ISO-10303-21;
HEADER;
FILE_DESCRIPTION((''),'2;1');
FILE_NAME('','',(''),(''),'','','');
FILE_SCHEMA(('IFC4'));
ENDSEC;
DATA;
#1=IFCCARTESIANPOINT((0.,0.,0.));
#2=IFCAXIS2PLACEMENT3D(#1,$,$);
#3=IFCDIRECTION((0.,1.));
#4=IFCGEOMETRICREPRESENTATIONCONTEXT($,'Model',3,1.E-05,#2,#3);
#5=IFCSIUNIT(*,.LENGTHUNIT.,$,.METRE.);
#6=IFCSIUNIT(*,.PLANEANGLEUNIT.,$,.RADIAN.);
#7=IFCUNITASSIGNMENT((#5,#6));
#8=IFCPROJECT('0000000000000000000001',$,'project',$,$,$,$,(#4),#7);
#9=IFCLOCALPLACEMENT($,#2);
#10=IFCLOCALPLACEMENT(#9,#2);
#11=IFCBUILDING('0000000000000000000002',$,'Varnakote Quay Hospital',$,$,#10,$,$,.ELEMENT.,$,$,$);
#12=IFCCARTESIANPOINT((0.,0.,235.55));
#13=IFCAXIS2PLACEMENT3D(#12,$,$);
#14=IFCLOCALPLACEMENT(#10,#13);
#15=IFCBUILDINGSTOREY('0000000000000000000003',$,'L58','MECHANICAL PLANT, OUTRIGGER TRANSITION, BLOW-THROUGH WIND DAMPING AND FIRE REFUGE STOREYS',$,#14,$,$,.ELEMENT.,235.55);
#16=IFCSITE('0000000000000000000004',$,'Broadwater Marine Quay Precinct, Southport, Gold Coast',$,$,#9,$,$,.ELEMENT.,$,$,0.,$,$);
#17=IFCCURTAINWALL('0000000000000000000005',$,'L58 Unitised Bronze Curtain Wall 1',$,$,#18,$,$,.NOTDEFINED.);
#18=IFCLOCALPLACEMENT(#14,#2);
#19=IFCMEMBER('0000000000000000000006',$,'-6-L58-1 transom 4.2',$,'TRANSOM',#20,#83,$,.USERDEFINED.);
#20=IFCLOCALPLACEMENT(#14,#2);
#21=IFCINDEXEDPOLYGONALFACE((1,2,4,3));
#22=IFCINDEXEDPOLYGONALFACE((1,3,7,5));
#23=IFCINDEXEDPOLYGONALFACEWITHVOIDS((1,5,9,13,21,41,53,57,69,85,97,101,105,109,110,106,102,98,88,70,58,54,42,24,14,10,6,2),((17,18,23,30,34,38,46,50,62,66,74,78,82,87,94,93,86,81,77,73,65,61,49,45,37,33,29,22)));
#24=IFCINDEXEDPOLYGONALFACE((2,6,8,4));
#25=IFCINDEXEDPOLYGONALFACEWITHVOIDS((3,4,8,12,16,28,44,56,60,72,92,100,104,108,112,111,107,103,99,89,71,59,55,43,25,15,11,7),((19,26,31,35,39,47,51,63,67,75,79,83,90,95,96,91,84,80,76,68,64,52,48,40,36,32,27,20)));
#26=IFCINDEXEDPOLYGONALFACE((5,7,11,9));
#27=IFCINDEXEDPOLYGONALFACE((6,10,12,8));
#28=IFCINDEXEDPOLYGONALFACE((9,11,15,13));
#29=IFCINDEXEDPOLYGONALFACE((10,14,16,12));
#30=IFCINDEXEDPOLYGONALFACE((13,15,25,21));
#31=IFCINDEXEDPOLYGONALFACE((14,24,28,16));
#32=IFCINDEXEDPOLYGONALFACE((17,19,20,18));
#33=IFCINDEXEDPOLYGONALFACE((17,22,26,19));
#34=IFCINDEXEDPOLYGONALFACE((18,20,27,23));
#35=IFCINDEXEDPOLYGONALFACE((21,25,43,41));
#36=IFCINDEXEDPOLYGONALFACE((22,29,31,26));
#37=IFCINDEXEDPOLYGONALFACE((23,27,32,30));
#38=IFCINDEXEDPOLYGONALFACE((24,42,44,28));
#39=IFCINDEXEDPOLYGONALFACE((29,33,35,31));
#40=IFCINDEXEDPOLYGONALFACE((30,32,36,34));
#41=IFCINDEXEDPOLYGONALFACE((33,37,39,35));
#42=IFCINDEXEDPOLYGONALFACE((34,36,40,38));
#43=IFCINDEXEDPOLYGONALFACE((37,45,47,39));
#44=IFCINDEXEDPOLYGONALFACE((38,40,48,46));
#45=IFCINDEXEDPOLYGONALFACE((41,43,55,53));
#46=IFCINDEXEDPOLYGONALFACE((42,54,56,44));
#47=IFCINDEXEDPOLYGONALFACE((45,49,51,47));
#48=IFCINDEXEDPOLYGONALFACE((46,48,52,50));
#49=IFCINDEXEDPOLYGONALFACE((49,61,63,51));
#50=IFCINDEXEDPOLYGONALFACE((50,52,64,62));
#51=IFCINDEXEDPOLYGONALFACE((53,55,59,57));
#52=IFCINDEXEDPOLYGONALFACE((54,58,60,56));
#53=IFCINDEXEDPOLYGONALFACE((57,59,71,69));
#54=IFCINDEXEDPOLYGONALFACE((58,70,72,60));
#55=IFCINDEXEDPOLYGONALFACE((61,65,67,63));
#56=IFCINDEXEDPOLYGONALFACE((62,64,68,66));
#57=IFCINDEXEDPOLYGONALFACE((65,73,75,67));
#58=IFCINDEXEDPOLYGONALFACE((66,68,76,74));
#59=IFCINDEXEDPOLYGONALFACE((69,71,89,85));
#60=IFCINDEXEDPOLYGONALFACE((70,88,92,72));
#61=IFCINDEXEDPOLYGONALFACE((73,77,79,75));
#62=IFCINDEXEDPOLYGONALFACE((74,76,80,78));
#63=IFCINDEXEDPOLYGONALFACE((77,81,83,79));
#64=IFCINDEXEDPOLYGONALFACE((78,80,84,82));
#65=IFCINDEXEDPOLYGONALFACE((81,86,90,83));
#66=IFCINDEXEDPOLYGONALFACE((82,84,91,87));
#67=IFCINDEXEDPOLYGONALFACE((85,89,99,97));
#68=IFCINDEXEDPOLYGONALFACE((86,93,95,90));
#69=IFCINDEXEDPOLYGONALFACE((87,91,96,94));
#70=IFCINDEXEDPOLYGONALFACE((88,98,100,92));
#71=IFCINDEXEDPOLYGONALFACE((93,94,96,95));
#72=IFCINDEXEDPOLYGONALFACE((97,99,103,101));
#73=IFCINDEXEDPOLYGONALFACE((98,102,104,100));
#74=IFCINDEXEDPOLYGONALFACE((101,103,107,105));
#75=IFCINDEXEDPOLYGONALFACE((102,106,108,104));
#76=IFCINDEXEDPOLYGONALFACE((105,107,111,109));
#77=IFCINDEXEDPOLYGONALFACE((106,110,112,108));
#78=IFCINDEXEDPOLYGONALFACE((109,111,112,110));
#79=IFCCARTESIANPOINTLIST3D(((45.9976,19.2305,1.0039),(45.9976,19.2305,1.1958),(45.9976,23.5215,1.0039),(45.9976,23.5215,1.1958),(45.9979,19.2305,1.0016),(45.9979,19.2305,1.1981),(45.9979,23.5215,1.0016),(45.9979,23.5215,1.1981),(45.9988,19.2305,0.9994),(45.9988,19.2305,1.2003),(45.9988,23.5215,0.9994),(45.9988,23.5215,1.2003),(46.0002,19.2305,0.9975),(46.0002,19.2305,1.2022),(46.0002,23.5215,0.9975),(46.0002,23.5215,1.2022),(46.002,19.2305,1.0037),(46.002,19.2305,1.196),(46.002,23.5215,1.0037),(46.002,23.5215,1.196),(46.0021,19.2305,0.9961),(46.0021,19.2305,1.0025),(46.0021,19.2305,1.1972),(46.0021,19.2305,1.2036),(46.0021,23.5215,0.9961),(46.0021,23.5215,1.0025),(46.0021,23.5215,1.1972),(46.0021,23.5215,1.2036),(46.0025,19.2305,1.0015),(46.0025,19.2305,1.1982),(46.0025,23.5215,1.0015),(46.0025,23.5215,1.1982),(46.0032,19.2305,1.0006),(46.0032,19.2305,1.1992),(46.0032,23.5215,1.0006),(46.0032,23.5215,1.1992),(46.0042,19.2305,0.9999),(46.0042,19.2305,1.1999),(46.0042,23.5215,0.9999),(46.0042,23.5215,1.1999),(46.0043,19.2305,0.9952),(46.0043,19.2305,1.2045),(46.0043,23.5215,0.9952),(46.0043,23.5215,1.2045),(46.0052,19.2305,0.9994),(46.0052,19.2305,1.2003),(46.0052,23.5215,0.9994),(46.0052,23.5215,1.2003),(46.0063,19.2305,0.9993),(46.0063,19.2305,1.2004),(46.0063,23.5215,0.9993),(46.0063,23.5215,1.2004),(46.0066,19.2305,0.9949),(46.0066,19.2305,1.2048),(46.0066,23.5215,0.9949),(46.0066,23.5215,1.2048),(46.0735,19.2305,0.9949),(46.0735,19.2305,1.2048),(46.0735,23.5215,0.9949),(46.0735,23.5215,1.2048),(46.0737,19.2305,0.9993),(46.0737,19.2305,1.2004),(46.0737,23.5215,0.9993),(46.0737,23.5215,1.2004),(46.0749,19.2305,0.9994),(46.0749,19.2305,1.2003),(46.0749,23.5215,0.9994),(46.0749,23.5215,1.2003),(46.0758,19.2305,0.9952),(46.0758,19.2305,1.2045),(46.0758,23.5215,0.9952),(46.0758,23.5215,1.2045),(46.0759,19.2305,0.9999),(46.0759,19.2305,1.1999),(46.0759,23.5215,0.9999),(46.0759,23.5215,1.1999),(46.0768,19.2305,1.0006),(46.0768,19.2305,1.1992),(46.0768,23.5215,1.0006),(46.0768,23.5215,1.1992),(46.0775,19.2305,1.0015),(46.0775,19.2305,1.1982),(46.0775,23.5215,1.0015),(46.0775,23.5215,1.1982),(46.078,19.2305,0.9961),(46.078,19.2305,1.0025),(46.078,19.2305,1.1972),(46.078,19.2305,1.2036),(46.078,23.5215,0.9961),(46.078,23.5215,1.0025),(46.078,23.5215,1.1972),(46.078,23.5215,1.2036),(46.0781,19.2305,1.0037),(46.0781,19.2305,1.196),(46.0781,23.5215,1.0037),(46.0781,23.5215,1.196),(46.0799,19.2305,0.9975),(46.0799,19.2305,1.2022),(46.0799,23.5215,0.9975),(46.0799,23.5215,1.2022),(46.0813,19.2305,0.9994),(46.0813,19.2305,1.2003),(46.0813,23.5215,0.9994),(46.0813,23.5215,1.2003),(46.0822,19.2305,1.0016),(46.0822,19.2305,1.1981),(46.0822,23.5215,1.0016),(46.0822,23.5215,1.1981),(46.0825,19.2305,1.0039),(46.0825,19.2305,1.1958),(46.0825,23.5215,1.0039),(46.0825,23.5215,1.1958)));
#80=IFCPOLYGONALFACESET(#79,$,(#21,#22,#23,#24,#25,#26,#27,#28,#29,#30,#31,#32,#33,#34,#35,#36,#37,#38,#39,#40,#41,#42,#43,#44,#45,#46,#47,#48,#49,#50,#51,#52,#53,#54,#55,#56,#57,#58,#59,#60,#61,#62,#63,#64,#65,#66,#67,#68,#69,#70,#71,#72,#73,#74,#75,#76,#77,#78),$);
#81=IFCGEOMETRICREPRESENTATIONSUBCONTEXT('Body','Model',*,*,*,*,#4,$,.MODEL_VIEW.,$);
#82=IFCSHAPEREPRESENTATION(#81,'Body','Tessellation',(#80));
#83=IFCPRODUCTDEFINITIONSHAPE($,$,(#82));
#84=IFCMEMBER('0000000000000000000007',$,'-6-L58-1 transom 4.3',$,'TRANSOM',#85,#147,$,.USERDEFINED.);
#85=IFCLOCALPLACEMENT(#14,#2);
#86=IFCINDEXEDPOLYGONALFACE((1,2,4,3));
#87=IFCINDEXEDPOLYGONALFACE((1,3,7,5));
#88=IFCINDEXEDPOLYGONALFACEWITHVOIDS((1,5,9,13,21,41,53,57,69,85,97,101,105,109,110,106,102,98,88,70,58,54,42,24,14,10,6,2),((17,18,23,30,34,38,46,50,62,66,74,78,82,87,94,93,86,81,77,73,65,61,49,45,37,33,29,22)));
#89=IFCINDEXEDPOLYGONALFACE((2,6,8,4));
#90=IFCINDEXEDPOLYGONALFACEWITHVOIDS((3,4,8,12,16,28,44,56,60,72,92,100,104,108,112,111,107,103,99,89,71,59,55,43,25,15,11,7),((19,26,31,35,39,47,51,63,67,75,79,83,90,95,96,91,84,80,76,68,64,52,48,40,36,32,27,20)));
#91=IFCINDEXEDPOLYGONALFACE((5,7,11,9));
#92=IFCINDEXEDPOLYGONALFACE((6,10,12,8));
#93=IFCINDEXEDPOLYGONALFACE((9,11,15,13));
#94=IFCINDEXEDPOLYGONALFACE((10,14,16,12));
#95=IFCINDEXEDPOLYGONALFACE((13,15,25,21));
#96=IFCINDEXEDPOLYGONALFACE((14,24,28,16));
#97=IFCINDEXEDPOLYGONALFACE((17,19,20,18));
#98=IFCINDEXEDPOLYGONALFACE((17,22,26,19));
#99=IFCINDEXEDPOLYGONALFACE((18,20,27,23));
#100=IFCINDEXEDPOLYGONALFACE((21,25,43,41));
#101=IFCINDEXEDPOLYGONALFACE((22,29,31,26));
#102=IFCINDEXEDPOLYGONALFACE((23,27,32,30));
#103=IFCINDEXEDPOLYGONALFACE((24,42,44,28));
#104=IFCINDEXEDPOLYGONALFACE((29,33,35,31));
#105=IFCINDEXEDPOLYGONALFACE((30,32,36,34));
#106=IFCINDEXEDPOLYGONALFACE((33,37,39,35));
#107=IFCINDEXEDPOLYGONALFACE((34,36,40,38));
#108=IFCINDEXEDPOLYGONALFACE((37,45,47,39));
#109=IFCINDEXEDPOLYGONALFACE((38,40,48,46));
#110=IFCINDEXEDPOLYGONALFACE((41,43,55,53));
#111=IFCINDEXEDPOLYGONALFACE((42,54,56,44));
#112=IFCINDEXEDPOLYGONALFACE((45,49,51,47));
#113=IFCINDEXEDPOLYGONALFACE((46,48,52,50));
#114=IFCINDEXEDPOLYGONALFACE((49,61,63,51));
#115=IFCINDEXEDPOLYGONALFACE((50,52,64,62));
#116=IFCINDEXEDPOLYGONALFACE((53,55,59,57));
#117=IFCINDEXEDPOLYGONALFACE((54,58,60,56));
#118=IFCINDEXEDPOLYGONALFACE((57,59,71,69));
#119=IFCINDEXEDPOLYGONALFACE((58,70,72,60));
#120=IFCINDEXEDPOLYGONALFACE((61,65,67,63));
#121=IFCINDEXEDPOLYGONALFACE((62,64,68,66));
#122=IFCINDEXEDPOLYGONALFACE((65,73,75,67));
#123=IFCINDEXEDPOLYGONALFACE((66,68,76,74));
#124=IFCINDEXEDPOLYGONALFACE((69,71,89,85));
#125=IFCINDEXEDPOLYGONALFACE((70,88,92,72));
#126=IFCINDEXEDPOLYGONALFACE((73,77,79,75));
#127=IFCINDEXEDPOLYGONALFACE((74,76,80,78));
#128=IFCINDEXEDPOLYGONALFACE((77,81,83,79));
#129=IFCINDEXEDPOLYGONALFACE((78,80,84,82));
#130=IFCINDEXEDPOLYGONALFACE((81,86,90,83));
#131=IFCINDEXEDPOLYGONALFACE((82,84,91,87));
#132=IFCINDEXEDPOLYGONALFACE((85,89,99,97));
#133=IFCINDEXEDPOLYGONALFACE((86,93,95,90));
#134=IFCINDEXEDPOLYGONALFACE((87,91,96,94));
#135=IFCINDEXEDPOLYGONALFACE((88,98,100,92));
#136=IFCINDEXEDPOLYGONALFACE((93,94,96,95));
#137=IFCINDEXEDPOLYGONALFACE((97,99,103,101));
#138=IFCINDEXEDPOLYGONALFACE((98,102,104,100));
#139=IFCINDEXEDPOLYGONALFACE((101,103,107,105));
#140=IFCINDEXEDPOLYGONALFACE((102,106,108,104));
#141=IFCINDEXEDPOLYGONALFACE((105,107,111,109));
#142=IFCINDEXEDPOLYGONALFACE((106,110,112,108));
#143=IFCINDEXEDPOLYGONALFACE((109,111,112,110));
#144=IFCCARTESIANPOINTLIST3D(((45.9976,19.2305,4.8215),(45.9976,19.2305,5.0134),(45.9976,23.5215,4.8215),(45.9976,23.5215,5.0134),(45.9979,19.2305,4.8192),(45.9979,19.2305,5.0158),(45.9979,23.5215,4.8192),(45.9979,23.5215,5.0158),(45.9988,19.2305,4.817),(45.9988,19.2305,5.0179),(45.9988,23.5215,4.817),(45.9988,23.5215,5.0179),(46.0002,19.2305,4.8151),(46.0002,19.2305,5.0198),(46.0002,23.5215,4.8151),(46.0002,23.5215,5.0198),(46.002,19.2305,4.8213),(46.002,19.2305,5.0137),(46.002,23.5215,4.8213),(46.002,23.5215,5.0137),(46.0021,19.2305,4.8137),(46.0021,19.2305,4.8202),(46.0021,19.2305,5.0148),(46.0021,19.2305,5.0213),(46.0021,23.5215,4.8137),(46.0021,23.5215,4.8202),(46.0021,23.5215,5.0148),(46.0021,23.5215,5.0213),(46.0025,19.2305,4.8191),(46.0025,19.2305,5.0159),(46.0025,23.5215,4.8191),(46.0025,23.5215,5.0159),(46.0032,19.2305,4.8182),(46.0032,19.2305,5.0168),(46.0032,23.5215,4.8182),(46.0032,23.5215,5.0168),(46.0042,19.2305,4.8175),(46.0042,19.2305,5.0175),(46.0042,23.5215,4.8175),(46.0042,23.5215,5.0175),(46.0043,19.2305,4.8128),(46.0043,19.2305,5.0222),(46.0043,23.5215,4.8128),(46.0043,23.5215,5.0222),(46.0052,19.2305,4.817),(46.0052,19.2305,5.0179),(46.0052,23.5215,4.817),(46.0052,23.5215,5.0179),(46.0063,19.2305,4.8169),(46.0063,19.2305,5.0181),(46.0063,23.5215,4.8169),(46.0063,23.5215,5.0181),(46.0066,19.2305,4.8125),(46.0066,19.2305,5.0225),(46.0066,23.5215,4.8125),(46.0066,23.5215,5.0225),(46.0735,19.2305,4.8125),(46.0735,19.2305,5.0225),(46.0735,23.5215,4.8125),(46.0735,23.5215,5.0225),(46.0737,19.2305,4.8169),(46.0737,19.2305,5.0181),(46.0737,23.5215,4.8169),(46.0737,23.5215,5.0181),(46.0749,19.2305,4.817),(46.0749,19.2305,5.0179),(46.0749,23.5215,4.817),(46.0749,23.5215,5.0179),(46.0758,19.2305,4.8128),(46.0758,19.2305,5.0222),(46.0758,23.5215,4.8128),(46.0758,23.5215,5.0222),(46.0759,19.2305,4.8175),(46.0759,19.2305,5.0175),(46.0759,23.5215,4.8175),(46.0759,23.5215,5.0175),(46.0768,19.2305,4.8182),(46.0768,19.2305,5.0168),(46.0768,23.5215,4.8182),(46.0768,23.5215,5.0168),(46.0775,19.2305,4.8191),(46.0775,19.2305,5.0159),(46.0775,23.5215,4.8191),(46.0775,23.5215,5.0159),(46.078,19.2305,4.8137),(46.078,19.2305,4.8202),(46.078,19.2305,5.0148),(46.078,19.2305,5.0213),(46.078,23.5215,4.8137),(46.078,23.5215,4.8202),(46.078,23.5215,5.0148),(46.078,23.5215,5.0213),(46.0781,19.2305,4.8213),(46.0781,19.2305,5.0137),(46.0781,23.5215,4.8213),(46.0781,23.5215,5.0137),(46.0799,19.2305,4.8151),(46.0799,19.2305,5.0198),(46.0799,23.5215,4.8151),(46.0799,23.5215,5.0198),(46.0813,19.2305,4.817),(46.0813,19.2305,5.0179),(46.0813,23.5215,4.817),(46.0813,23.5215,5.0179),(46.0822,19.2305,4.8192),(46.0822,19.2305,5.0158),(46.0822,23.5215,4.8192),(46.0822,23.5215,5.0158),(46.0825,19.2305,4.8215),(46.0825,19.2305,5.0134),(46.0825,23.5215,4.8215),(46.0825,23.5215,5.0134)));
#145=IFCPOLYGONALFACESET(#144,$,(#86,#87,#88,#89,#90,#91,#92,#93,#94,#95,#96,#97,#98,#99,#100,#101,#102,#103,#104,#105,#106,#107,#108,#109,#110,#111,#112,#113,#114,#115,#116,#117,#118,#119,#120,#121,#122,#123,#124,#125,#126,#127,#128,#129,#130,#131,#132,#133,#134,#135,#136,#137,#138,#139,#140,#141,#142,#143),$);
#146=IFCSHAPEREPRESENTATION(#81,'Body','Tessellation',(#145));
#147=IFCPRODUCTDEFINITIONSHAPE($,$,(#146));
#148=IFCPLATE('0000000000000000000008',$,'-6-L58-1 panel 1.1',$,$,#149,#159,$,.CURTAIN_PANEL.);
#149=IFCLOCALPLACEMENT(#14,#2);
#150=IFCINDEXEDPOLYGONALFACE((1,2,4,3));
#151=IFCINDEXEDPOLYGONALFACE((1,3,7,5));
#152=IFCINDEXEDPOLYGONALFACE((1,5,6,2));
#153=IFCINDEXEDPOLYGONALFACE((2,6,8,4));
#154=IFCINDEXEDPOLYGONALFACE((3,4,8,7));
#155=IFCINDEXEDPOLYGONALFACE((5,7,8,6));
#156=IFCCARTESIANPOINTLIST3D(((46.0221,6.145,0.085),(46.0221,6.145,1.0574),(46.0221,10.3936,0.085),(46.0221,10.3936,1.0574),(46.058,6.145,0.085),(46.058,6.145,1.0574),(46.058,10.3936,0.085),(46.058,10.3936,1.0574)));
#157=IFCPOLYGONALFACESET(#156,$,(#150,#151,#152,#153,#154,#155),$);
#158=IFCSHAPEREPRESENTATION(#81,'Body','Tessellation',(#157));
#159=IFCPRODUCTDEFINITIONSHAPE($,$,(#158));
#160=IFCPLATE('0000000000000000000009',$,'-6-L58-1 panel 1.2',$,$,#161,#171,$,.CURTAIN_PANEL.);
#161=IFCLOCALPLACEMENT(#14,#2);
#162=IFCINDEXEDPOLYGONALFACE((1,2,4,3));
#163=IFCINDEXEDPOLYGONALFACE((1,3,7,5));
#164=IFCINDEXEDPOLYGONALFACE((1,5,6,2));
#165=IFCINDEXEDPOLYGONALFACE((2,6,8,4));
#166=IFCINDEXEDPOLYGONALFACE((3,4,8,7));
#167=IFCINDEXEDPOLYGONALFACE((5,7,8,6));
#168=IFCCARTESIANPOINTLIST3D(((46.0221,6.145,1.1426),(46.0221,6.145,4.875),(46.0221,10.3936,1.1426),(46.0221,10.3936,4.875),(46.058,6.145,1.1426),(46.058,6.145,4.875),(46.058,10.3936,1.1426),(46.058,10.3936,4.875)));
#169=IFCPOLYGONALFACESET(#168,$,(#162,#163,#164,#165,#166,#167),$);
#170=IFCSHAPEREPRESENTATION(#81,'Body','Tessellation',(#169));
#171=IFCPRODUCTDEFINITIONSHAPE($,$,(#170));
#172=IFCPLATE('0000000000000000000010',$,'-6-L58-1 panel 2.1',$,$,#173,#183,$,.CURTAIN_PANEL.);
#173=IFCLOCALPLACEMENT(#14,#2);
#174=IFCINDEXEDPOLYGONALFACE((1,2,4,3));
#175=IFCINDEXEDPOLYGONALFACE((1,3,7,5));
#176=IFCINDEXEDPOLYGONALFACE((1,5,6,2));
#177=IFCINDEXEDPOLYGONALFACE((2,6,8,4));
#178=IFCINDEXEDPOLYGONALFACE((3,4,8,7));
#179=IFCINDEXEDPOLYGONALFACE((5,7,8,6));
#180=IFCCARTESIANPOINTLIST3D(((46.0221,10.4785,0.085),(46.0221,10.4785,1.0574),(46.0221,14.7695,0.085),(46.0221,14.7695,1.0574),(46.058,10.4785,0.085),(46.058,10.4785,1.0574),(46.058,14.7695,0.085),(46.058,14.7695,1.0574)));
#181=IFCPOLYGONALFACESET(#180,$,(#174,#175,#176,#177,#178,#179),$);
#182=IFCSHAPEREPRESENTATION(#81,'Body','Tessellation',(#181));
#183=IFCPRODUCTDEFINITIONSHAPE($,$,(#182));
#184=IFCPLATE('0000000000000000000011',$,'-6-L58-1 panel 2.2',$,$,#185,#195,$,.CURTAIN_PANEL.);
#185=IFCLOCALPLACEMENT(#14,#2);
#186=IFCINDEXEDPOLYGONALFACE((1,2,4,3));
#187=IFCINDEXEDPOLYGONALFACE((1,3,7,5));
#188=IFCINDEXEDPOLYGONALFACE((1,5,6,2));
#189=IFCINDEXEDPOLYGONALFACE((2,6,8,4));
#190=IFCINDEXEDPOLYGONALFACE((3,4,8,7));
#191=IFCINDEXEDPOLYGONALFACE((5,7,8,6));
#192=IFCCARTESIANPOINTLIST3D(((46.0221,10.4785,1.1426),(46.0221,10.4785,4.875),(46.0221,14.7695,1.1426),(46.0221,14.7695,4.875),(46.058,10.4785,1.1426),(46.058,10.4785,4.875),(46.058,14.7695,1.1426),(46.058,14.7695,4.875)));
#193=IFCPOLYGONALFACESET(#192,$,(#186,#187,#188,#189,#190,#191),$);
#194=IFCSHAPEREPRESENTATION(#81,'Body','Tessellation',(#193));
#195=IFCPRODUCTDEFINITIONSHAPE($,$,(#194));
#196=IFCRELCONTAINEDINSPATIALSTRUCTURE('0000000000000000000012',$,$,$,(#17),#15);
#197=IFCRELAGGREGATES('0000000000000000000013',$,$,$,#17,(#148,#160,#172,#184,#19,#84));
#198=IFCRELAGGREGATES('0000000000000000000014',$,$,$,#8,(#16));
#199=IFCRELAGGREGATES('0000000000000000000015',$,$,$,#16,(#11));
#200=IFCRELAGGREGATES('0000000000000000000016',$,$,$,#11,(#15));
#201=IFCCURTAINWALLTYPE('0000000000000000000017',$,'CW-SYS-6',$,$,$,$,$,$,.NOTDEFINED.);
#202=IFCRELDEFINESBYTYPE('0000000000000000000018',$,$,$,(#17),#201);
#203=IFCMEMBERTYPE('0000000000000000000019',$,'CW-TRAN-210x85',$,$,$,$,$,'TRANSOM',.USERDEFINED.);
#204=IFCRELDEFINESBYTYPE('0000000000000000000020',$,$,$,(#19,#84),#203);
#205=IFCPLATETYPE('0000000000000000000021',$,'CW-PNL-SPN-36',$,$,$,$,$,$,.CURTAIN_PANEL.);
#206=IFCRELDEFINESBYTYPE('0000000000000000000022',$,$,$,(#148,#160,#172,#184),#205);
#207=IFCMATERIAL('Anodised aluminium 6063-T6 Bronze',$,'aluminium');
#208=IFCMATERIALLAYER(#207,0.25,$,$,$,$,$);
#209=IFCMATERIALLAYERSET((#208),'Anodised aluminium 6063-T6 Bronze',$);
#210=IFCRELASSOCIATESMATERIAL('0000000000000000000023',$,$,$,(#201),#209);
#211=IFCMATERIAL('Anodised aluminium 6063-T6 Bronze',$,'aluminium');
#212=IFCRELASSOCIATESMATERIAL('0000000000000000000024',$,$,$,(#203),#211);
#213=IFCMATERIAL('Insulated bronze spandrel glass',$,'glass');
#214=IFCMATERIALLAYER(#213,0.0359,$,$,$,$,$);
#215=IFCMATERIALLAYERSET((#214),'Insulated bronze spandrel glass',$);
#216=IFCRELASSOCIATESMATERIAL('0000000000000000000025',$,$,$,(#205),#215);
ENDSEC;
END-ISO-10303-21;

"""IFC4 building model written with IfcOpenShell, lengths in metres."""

from ifc_helpers import new_model, si_unit, direction, frame, origin, origin_2d, place, context, subcontext, project, spatial, rectangle, hollow_rectangle, extrude, material, layer, layer_set, material_profile, profile_set, type_object, element, aggregate, save


model = new_model("IFC4")

# Units and contexts
model_context = context("Model", 3, precision=1e-05, world=origin(), true_north=direction((0.0, 1.0)))
body_context = subcontext(model_context, "Body", "Model", "MODEL_VIEW")
ifc_project = project(units=[si_unit("LENGTHUNIT", "METRE"), si_unit("PLANEANGLEUNIT", "RADIAN")], contexts=[model_context])

# Site, building, storey
site_placement = place(None, origin())
site = spatial("IfcSite", under=ifc_project, at=site_placement, Name="Broadwater Marine Quay Precinct, Southport, Gold Coast", CompositionType="ELEMENT", RefElevation=0.0)
building_placement = place(site_placement, origin())
building = spatial("IfcBuilding", under=site, at=building_placement, Name="Varnakote Quay Hospital", CompositionType="ELEMENT")
storey_placement = place(building_placement, frame((0.0, 0.0, 235.55)))
storey = spatial("IfcBuildingStorey", under=building, at=storey_placement, Name="L58", Description="MECHANICAL PLANT, OUTRIGGER TRANSITION, BLOW-THROUGH WIND DAMPING AND FIRE REFUGE STOREYS", CompositionType="ELEMENT", Elevation=235.55)

# Curtain wall, members, plates
ifc_material_1 = material(Name="Anodised aluminium 6063-T6 Bronze", Category="aluminium")
ifc_layer_1 = layer(ifc_material_1, 0.25)
ifc_layer_set_1 = layer_set([ifc_layer_1], Name="Anodised aluminium 6063-T6 Bronze")
curtain_wall_type = type_object("IfcCurtainWallType", Name="CW-SYS-6", PredefinedType="NOTDEFINED", material=ifc_layer_set_1)
curtain_wall_placement = place(storey_placement, origin())
curtain_wall = element("IfcCurtainWall", 1, at=curtain_wall_placement, inside=storey, type_object=curtain_wall_type, Name="L58 Unitised Bronze Curtain Wall 1", PredefinedType="NOTDEFINED")
ifc_material_2 = material(Name="Anodised aluminium 6063-T6 Bronze", Category="aluminium")
ifc_material_profile_1 = material_profile(ifc_material_2, hollow_rectangle(XDim=0.085, YDim=0.21, WallThickness=0.0044, InnerFilletRadius=0.0044, OuterFilletRadius=0.009, at=origin_2d()), Name="CW-TRAN-210x85")
ifc_profile_set_1 = profile_set([ifc_material_profile_1], Name="Anodised aluminium 6063-T6 Bronze")
member_type_1 = type_object("IfcMemberType", Name="CW-TRAN-210x85", ElementType="TRANSOM", PredefinedType="USERDEFINED", material=ifc_profile_set_1)
member_1_placement = place(storey_placement, frame((46.04, 19.2305, 1.0999), z_axis=(0.0, 1.0, 0.0), x_axis=(-1.0, 0.0, 0.0)))
member_1 = element("IfcMember", 2, at=member_1_placement, type_object=member_type_1, Name="-6-L58-1 transom 4.2", ObjectType="TRANSOM", PredefinedType="USERDEFINED", context=body_context, shape_type="SweptSolid", body=[
    extrude(hollow_rectangle(XDim=0.085, YDim=0.21, WallThickness=0.0044, InnerFilletRadius=0.0044, OuterFilletRadius=0.009, at=origin_2d()), origin(), (0.0, 0.0, 1.0), 4.291),
])
member_2_placement = place(storey_placement, frame((46.04, 19.2305, 4.9175), z_axis=(0.0, 1.0, 0.0), x_axis=(-1.0, 0.0, 0.0)))
member_2 = element("IfcMember", 3, at=member_2_placement, type_object=member_type_1, Name="-6-L58-1 transom 4.3", ObjectType="TRANSOM", PredefinedType="USERDEFINED", context=body_context, shape_type="SweptSolid", body=[
    extrude(hollow_rectangle(XDim=0.085, YDim=0.21, WallThickness=0.0044, InnerFilletRadius=0.0044, OuterFilletRadius=0.009, at=origin_2d()), origin(), (0.0, 0.0, 1.0), 4.291),
])
ifc_material_3 = material(Name="Insulated bronze spandrel glass", Category="glass")
ifc_layer_2 = layer(ifc_material_3, 0.0359)
ifc_layer_set_2 = layer_set([ifc_layer_2], Name="Insulated bronze spandrel glass")
plate_type = type_object("IfcPlateType", Name="CW-PNL-SPN-36", PredefinedType="CURTAIN_PANEL", material=ifc_layer_set_2)
plate_1_placement = place(storey_placement, frame((46.04, 8.2693, 0.085), z_axis=(0.0, 0.0, 1.0), x_axis=(0.0, 1.0, 0.0)))
plate_1 = element("IfcPlate", 4, at=plate_1_placement, type_object=plate_type, Name="-6-L58-1 panel 1.1", PredefinedType="CURTAIN_PANEL", context=body_context, shape_type="SweptSolid", body=[
    extrude(rectangle(XDim=4.2485, YDim=0.0359, at=origin_2d()), origin(), (0.0, 0.0, 1.0), 0.9724),
])
plate_2_placement = place(storey_placement, frame((46.04, 8.2693, 1.1426), z_axis=(0.0, 0.0, 1.0), x_axis=(0.0, 1.0, 0.0)))
plate_2 = element("IfcPlate", 5, at=plate_2_placement, type_object=plate_type, Name="-6-L58-1 panel 1.2", PredefinedType="CURTAIN_PANEL", context=body_context, shape_type="SweptSolid", body=[
    extrude(rectangle(XDim=4.2485, YDim=0.0359, at=origin_2d()), origin(), (0.0, 0.0, 1.0), 3.7324),
])
plate_3_placement = place(storey_placement, frame((46.04, 12.624, 0.085), z_axis=(0.0, 0.0, 1.0), x_axis=(0.0, 1.0, 0.0)))
plate_3 = element("IfcPlate", 6, at=plate_3_placement, type_object=plate_type, Name="-6-L58-1 panel 2.1", PredefinedType="CURTAIN_PANEL", context=body_context, shape_type="SweptSolid", body=[
    extrude(rectangle(XDim=4.291, YDim=0.0359, at=origin_2d()), origin(), (0.0, 0.0, 1.0), 0.9724),
])
plate_4_placement = place(storey_placement, frame((46.04, 12.624, 1.1426), z_axis=(0.0, 0.0, 1.0), x_axis=(0.0, 1.0, 0.0)))
plate_4 = element("IfcPlate", 7, at=plate_4_placement, type_object=plate_type, Name="-6-L58-1 panel 2.2", PredefinedType="CURTAIN_PANEL", context=body_context, shape_type="SweptSolid", body=[
    extrude(rectangle(XDim=4.291, YDim=0.0359, at=origin_2d()), origin(), (0.0, 0.0, 1.0), 3.7324),
])
aggregate(curtain_wall, [plate_1, plate_2, plate_3, plate_4, member_1, member_2])

save(model, "model.ifc")
